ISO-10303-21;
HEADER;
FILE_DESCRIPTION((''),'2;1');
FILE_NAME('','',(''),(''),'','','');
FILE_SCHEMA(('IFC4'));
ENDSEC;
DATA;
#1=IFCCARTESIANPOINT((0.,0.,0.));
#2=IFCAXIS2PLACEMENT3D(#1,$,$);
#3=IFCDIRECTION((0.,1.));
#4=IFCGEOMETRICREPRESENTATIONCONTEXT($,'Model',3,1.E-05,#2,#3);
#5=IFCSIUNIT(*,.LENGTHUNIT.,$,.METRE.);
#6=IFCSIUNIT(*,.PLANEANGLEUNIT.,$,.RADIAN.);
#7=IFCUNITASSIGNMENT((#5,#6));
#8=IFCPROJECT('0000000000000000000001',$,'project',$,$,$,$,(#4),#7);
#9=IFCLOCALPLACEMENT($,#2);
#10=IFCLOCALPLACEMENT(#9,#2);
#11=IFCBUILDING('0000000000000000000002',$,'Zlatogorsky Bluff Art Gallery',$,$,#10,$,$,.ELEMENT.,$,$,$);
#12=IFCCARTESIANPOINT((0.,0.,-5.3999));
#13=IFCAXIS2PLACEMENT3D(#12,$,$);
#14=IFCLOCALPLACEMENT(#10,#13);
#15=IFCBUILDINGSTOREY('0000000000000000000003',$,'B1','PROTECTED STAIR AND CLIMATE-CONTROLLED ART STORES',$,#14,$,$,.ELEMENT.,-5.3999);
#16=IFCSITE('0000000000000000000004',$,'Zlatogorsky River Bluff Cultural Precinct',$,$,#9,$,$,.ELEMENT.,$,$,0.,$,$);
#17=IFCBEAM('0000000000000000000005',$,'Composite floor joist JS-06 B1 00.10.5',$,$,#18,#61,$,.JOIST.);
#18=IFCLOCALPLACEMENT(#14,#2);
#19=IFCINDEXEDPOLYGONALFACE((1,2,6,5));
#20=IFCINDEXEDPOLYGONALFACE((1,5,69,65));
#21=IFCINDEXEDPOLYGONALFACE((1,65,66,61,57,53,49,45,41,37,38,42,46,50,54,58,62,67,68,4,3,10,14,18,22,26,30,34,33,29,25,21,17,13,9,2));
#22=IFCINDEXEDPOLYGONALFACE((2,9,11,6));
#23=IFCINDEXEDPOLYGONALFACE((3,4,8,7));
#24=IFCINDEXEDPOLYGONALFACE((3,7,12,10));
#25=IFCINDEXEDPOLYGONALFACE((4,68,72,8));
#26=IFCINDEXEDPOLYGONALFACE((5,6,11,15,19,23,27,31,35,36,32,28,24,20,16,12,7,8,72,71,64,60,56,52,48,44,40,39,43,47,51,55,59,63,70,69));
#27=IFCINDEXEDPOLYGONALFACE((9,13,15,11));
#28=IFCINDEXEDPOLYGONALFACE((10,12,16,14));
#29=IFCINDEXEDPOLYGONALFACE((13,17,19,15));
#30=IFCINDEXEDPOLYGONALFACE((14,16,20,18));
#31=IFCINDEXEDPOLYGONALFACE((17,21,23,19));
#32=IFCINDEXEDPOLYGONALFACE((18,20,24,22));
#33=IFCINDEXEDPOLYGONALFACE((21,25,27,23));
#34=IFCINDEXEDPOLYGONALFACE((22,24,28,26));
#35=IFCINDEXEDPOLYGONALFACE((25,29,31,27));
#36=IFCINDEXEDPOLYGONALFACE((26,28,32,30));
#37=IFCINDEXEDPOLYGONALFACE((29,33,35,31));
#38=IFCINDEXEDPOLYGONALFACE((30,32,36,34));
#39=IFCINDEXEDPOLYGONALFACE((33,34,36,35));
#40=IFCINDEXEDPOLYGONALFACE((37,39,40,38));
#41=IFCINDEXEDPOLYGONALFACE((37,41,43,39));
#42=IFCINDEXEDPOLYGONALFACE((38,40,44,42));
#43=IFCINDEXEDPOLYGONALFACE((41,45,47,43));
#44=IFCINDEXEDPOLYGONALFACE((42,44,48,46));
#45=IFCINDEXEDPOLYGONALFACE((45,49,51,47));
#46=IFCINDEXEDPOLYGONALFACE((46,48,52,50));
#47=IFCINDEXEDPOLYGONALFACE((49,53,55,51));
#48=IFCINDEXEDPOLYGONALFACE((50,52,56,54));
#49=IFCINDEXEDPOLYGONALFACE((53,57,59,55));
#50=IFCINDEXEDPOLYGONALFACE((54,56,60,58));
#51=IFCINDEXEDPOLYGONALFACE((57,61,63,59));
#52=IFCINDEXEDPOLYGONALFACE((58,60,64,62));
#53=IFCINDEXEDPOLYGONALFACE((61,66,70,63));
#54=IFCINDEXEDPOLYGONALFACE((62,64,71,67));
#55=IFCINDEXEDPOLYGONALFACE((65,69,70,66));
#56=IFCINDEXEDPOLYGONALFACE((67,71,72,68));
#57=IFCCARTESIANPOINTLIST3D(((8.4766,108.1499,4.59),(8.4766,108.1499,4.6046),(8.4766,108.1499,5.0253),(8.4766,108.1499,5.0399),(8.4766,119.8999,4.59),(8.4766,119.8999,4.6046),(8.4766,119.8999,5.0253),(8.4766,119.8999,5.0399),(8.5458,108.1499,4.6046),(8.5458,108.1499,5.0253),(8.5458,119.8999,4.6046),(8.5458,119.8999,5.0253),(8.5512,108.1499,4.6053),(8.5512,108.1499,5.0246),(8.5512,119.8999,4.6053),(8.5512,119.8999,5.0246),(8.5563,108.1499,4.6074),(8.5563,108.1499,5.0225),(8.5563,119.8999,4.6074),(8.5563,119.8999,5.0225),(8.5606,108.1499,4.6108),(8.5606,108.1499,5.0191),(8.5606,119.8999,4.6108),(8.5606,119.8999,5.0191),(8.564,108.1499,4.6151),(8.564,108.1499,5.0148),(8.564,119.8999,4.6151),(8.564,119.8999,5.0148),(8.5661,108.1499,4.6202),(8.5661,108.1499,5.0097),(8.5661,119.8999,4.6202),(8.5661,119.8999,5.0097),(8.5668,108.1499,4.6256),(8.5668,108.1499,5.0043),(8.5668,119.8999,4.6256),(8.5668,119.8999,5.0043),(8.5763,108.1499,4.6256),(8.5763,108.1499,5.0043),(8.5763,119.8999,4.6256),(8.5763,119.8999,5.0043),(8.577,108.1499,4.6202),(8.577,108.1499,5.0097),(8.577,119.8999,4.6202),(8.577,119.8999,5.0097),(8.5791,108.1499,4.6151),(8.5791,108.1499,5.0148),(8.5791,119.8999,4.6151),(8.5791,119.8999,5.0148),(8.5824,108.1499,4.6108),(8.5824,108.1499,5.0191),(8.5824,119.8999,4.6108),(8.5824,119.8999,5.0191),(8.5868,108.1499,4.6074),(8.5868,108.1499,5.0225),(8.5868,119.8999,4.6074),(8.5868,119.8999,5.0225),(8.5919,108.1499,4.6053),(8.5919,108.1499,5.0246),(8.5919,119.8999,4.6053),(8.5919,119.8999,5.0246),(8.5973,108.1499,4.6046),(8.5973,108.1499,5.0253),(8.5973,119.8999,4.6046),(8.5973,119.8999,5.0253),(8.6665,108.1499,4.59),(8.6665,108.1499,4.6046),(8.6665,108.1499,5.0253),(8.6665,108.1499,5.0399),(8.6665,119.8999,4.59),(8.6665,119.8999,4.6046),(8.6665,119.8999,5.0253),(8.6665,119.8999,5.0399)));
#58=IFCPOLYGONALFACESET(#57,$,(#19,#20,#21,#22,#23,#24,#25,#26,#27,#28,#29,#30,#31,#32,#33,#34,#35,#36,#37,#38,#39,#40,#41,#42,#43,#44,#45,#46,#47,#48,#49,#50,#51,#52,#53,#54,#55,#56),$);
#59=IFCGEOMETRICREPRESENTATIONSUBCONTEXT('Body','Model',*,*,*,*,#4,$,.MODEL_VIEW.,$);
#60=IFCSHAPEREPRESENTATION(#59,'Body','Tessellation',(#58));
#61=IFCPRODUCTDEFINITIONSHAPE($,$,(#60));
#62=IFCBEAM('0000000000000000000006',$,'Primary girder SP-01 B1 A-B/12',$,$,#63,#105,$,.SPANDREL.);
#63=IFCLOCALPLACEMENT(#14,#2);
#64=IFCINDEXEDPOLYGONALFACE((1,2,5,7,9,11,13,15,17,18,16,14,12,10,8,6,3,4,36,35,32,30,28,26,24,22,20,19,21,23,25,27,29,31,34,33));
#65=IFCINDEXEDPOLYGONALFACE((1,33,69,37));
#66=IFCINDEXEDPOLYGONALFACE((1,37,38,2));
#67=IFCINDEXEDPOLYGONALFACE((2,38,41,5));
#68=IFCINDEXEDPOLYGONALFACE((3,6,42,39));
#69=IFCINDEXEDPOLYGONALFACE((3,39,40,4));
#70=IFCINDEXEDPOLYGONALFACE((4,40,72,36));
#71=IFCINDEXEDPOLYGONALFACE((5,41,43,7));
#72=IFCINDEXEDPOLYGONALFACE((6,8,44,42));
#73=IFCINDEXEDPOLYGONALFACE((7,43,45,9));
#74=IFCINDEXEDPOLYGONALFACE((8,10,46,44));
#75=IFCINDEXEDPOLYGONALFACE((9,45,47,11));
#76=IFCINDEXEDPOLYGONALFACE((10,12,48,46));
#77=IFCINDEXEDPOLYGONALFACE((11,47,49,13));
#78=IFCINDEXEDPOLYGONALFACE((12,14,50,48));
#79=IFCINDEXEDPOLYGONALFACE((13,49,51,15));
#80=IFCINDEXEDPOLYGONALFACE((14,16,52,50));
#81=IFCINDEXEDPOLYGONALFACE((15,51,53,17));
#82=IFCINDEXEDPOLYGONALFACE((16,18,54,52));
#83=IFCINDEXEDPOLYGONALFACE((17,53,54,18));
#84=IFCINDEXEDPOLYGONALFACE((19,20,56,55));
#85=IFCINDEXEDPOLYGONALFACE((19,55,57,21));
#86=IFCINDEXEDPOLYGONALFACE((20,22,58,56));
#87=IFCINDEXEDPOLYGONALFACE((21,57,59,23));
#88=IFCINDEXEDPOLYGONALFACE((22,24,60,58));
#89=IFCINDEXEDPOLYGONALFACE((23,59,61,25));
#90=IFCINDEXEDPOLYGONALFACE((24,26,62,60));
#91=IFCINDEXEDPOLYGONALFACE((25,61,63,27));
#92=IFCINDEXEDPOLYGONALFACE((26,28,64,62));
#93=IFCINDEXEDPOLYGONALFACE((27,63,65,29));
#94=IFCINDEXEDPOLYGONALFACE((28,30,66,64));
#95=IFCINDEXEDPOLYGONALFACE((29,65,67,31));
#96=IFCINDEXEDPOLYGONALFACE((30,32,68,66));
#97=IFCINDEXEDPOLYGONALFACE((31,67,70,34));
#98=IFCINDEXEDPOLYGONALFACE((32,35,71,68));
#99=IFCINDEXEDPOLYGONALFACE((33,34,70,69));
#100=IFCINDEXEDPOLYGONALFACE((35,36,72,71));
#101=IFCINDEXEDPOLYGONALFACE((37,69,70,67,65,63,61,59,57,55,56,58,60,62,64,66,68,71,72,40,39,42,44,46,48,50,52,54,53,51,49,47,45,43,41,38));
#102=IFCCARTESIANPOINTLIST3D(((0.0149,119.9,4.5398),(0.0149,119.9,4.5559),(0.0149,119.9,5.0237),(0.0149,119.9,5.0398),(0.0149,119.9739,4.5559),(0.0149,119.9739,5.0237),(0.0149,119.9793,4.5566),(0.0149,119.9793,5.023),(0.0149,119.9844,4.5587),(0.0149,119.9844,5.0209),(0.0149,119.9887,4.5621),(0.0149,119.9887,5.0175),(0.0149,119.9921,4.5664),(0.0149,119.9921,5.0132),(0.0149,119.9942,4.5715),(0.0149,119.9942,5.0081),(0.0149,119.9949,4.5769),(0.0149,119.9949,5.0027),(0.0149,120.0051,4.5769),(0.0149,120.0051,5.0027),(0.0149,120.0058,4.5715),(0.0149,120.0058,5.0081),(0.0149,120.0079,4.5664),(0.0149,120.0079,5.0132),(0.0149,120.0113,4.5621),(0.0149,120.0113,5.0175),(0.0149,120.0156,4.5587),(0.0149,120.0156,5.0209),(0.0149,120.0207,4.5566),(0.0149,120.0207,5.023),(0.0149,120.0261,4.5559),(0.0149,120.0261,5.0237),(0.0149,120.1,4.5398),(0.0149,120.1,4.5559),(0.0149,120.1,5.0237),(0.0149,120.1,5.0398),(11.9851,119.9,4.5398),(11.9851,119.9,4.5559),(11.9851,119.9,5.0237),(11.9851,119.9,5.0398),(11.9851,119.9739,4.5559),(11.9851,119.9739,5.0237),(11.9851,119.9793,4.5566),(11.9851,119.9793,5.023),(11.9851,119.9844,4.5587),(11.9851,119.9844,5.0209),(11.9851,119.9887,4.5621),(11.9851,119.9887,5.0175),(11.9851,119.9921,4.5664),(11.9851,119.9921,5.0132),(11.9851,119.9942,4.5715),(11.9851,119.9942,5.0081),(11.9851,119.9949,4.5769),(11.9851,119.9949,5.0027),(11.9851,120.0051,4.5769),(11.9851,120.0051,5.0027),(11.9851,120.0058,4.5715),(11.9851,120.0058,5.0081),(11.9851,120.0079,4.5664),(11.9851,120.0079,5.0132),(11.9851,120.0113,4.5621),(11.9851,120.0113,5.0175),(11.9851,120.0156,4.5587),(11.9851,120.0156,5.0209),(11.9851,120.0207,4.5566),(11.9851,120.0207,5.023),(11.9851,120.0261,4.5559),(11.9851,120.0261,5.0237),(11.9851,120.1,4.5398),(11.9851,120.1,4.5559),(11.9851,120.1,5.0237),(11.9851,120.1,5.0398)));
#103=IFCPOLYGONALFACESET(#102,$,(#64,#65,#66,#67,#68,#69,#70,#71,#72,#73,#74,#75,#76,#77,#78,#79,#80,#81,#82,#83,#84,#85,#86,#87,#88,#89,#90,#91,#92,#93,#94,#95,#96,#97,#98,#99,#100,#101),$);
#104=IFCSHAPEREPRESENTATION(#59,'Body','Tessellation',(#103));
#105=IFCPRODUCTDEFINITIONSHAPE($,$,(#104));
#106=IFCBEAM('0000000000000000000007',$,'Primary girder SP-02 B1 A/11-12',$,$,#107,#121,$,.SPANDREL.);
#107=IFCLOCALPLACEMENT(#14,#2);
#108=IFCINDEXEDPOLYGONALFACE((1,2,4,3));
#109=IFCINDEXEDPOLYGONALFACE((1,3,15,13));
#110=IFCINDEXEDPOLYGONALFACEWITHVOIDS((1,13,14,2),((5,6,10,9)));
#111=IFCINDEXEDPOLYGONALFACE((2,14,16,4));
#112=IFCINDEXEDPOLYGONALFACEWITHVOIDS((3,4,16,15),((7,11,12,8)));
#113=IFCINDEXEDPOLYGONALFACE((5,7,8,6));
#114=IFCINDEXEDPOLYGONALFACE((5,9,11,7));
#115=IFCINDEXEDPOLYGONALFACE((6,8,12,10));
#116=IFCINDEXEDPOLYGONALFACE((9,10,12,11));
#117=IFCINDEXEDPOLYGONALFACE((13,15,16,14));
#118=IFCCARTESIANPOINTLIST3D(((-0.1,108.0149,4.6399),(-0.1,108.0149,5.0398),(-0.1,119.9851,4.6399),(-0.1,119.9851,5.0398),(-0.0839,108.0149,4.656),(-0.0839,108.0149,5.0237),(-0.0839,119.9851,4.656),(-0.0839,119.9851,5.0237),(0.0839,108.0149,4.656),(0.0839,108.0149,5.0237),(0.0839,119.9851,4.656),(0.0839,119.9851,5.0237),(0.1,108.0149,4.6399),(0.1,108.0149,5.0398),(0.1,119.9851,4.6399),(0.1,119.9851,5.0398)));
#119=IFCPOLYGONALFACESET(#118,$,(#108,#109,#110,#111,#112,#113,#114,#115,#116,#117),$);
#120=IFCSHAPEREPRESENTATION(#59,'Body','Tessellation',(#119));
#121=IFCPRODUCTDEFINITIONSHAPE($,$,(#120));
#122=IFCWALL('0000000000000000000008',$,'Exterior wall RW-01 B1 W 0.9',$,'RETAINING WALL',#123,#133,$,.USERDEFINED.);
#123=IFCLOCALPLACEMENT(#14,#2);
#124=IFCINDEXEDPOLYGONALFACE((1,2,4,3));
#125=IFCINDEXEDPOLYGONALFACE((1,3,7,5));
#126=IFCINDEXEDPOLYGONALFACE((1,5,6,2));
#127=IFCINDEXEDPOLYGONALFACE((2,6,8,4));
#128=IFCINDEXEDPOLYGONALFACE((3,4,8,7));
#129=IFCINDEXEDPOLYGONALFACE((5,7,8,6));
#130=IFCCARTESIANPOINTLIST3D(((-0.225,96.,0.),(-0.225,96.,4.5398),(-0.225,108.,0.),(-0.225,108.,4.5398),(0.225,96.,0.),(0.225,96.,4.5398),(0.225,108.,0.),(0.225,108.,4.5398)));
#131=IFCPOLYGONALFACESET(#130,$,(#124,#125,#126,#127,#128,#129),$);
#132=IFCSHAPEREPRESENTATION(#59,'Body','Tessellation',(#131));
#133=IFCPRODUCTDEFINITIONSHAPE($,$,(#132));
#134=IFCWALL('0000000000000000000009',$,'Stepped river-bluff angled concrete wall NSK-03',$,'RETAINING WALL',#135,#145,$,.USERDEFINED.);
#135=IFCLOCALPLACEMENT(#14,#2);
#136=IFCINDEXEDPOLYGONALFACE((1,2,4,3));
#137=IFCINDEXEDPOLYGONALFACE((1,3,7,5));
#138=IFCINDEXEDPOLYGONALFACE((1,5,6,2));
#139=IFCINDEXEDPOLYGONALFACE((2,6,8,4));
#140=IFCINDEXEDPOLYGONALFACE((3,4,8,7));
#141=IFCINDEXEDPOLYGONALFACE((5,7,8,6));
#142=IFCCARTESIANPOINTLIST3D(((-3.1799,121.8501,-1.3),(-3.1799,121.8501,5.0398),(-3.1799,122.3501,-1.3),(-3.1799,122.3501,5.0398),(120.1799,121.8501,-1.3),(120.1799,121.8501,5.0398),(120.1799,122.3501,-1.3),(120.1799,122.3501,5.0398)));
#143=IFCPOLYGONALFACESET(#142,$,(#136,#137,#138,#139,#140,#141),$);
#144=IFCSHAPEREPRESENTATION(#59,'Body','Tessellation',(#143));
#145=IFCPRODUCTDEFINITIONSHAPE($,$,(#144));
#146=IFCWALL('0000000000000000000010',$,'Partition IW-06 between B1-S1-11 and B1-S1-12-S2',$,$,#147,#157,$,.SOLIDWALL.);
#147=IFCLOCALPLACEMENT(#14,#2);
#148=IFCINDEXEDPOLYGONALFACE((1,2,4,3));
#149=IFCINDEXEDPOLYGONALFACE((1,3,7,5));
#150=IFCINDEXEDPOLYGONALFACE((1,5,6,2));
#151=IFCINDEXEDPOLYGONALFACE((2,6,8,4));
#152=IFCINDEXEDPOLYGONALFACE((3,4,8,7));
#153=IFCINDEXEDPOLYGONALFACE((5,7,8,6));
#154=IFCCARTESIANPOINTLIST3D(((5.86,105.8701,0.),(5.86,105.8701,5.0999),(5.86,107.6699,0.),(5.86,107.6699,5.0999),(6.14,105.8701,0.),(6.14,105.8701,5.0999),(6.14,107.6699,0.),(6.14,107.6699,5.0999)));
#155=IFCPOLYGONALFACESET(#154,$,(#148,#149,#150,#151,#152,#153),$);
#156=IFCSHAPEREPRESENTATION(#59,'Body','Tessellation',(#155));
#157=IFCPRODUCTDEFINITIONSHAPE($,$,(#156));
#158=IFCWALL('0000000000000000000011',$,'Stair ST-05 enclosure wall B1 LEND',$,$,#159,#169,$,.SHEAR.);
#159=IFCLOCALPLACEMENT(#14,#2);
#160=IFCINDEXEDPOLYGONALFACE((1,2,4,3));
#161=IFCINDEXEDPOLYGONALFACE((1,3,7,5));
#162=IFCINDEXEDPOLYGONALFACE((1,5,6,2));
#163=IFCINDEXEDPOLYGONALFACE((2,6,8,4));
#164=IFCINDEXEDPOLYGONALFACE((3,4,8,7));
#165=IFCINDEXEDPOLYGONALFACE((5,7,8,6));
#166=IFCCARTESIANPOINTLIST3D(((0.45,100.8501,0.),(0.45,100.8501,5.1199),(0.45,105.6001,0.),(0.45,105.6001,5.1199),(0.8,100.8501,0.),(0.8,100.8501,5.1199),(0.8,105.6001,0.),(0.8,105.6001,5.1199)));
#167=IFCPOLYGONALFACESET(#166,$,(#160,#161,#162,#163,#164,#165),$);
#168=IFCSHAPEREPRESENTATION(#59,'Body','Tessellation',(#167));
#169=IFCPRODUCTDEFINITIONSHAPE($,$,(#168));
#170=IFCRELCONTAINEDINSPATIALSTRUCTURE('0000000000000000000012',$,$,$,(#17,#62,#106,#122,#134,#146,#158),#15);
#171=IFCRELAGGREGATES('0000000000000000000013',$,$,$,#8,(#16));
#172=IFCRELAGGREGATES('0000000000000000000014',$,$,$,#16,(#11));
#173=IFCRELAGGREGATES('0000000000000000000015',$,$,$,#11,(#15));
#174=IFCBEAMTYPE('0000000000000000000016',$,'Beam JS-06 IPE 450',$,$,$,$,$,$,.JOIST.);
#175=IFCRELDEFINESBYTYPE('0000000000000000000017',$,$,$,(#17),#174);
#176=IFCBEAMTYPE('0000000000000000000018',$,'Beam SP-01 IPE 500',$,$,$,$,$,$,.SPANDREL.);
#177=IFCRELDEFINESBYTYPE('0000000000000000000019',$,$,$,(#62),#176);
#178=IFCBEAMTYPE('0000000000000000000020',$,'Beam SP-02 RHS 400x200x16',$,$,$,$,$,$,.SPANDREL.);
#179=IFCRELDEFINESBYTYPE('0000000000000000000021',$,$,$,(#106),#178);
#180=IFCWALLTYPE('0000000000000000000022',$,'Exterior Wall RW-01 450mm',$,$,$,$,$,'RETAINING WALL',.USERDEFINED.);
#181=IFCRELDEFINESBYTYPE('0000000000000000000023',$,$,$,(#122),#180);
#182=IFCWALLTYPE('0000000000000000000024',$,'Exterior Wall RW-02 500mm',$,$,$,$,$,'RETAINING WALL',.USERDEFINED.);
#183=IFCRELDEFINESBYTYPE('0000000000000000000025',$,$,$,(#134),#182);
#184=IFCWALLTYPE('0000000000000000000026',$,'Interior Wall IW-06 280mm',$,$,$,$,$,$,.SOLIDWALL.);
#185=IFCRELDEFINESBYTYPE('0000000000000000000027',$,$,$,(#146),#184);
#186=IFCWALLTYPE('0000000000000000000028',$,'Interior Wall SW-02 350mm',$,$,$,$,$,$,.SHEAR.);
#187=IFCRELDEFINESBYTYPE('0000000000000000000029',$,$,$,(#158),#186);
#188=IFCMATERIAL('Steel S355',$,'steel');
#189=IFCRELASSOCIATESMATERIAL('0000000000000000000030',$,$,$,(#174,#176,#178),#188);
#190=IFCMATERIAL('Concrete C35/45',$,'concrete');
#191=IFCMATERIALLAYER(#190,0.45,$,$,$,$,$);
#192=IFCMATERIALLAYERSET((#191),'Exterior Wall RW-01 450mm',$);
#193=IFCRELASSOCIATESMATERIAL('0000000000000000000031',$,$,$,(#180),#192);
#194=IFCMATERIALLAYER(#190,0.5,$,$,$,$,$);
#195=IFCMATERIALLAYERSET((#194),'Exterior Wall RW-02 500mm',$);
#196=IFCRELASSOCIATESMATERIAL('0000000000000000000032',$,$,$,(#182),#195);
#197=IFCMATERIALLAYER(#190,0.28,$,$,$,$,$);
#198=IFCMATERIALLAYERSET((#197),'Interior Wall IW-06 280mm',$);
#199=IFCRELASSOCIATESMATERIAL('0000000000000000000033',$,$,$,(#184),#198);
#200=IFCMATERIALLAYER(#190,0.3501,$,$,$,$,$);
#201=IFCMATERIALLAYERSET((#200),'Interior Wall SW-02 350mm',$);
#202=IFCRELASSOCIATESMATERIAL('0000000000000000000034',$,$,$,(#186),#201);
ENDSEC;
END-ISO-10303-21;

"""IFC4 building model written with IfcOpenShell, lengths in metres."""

from ifc_helpers import new_model, si_unit, direction, frame, frame_2d, origin, origin_2d, place, context, subcontext, project, spatial, rectangle, hollow_rectangle, i_section, extrude, material, layer, layer_set, material_profile, profile_set, type_object, element, save


model = new_model("IFC4")

# Units and contexts
model_context = context("Model", 3, precision=1e-05, world=origin(), true_north=direction((0.0, 1.0)))
body_context = subcontext(model_context, "Body", "Model", "MODEL_VIEW")
ifc_project = project(units=[si_unit("LENGTHUNIT", "METRE"), si_unit("PLANEANGLEUNIT", "RADIAN")], contexts=[model_context])

# Site, building, storey
site_placement = place(None, origin())
site = spatial("IfcSite", under=ifc_project, at=site_placement, Name="Zlatogorsky River Bluff Cultural Precinct", CompositionType="ELEMENT", RefElevation=0.0)
building_placement = place(site_placement, origin())
building = spatial("IfcBuilding", under=site, at=building_placement, Name="Zlatogorsky Bluff Art Gallery", CompositionType="ELEMENT")
storey_placement = place(building_placement, frame((0.0, 0.0, -5.3999)))
storey = spatial("IfcBuildingStorey", under=building, at=storey_placement, Name="B1", Description="PROTECTED STAIR AND CLIMATE-CONTROLLED ART STORES", CompositionType="ELEMENT", Elevation=-5.3999)

# Shared definitions
ifc_material_1 = material(Name="Concrete C35/45", Category="concrete")

# Shared definitions
ifc_material_2 = material(Name="Steel S355", Category="steel")

# Beams
ifc_material_profile_1 = material_profile(ifc_material_2, i_section(OverallWidth=0.1899, OverallDepth=0.45, WebThickness=0.0095, FlangeThickness=0.0146, FilletRadius=0.021, at=origin_2d()), Name="IPE 450")
ifc_profile_set_1 = profile_set([ifc_material_profile_1], Name="Steel S355")
beam_type_1 = type_object("IfcBeamType", Name="Beam JS-06 IPE 450", PredefinedType="JOIST", material=ifc_profile_set_1)
for number, where, z_axis, x_axis, name in (
    (1, (8.5715, 108.1499, 4.8149), (0.0, 1.0, 0.0), (-1.0, 0.0, 0.0), "Composite floor joist JS-06 B1 00.10.5"),
):
    element("IfcBeam", number, at=place(storey_placement, frame(where, z_axis=z_axis, x_axis=x_axis)), inside=storey, type_object=beam_type_1, Name=name, PredefinedType="JOIST", context=body_context, shape_type="SweptSolid", body=[
        extrude(i_section(OverallWidth=0.1899, OverallDepth=0.45, WebThickness=0.0095, FlangeThickness=0.0146, FilletRadius=0.021, at=origin_2d()), origin(), (0.0, 0.0, 1.0), 11.75),
    ])
ifc_material_profile_2 = material_profile(ifc_material_2, i_section(OverallWidth=0.2, OverallDepth=0.5, WebThickness=0.0103, FlangeThickness=0.0161, FilletRadius=0.021, at=origin_2d()), Name="IPE 500")
ifc_profile_set_2 = profile_set([ifc_material_profile_2], Name="Steel S355")
beam_type_2 = type_object("IfcBeamType", Name="Beam SP-01 IPE 500", PredefinedType="SPANDREL", material=ifc_profile_set_2)
beam_1_placement = place(storey_placement, frame((0.0149, 120.0, 4.7898), z_axis=(1.0, 0.0, 0.0), x_axis=(0.0, 1.0, 0.0)))
element("IfcBeam", 2, at=beam_1_placement, inside=storey, type_object=beam_type_2, Name="Primary girder SP-01 B1 A-B/12", PredefinedType="SPANDREL", context=body_context, shape_type="SweptSolid", body=[
    extrude(i_section(OverallWidth=0.2, OverallDepth=0.5, WebThickness=0.0103, FlangeThickness=0.0161, FilletRadius=0.021, at=origin_2d()), origin(), (0.0, 0.0, 1.0), 11.9702),
])
ifc_material_profile_3 = material_profile(ifc_material_2, hollow_rectangle(XDim=0.2, YDim=0.3999, WallThickness=0.0161, at=origin_2d()), Name="RHS 400x200x16")
ifc_profile_set_3 = profile_set([ifc_material_profile_3], Name="Steel S355")
beam_type_3 = type_object("IfcBeamType", Name="Beam SP-02 RHS 400x200x16", PredefinedType="SPANDREL", material=ifc_profile_set_3)
beam_2_placement = place(storey_placement, frame((0.0, 108.0149, 4.8398), z_axis=(0.0, 1.0, 0.0), x_axis=(-1.0, 0.0, 0.0)))
element("IfcBeam", 3, at=beam_2_placement, inside=storey, type_object=beam_type_3, Name="Primary girder SP-02 B1 A/11-12", PredefinedType="SPANDREL", context=body_context, shape_type="SweptSolid", body=[
    extrude(hollow_rectangle(XDim=0.2, YDim=0.3999, WallThickness=0.0161, at=origin_2d()), origin(), (0.0, 0.0, 1.0), 11.9702),
])

# Walls
ifc_layer_1 = layer(ifc_material_1, 0.45)
ifc_layer_set_1 = layer_set([ifc_layer_1], Name="Exterior Wall RW-01 450mm")
wall_type_1 = type_object("IfcWallType", Name="Exterior Wall RW-01 450mm", ElementType="RETAINING WALL", PredefinedType="USERDEFINED", material=ifc_layer_set_1)
wall_1_placement = place(storey_placement, frame((0.0, 108.0, 0.0), z_axis=(0.0, 0.0, 1.0), x_axis=(0.0, -1.0, 0.0)))
element("IfcWall", 4, at=wall_1_placement, inside=storey, type_object=wall_type_1, Name="Exterior wall RW-01 B1 W 0.9", ObjectType="RETAINING WALL", PredefinedType="USERDEFINED", context=body_context, shape_type="SweptSolid", body=[
    extrude(rectangle(XDim=12.0, YDim=0.45, at=frame_2d((6.0, 0.0))), origin(), (0.0, 0.0, 1.0), 4.5398),
])
ifc_layer_2 = layer(ifc_material_1, 0.5)
ifc_layer_set_2 = layer_set([ifc_layer_2], Name="Exterior Wall RW-02 500mm")
wall_type_2 = type_object("IfcWallType", Name="Exterior Wall RW-02 500mm", ElementType="RETAINING WALL", PredefinedType="USERDEFINED", material=ifc_layer_set_2)
wall_2_placement = place(storey_placement, frame((-3.1799, 122.1001, -1.3), z_axis=(0.0, 0.0, 1.0), x_axis=(1.0, 0.0, 0.0)))
element("IfcWall", 5, at=wall_2_placement, inside=storey, type_object=wall_type_2, Name="Stepped river-bluff angled concrete wall NSK-03", ObjectType="RETAINING WALL", PredefinedType="USERDEFINED", context=body_context, shape_type="SweptSolid", body=[
    extrude(rectangle(XDim=123.3599, YDim=0.5, at=frame_2d((61.6799, 0.0))), origin(), (0.0, 0.0, 1.0), 6.3398),
])
ifc_layer_3 = layer(ifc_material_1, 0.28)
ifc_layer_set_3 = layer_set([ifc_layer_3], Name="Interior Wall IW-06 280mm")
wall_type_3 = type_object("IfcWallType", Name="Interior Wall IW-06 280mm", PredefinedType="SOLIDWALL", material=ifc_layer_set_3)
wall_3_placement = place(storey_placement, frame((6.0, 105.8701, 0.0), z_axis=(0.0, 0.0, 1.0), x_axis=(0.0, 1.0, 0.0)))
element("IfcWall", 6, at=wall_3_placement, inside=storey, type_object=wall_type_3, Name="Partition IW-06 between B1-S1-11 and B1-S1-12-S2", PredefinedType="SOLIDWALL", context=body_context, shape_type="SweptSolid", body=[
    extrude(rectangle(XDim=1.7998, YDim=0.28, at=frame_2d((0.8999, 0.0))), origin(), (0.0, 0.0, 1.0), 5.0999),
])
ifc_layer_4 = layer(ifc_material_1, 0.3501)
ifc_layer_set_4 = layer_set([ifc_layer_4], Name="Interior Wall SW-02 350mm")
wall_type_4 = type_object("IfcWallType", Name="Interior Wall SW-02 350mm", PredefinedType="SHEAR", material=ifc_layer_set_4)
wall_4_placement = place(storey_placement, frame((0.625, 105.6001, 0.0), z_axis=(0.0, 0.0, 1.0), x_axis=(0.0, -1.0, 0.0)))
element("IfcWall", 7, at=wall_4_placement, inside=storey, type_object=wall_type_4, Name="Stair ST-05 enclosure wall B1 LEND", PredefinedType="SHEAR", context=body_context, shape_type="SweptSolid", body=[
    extrude(rectangle(XDim=4.75, YDim=0.3501, at=frame_2d((2.375, 0.0))), origin(), (0.0, 0.0, 1.0), 5.1199),
])

save(model, "model.ifc")
